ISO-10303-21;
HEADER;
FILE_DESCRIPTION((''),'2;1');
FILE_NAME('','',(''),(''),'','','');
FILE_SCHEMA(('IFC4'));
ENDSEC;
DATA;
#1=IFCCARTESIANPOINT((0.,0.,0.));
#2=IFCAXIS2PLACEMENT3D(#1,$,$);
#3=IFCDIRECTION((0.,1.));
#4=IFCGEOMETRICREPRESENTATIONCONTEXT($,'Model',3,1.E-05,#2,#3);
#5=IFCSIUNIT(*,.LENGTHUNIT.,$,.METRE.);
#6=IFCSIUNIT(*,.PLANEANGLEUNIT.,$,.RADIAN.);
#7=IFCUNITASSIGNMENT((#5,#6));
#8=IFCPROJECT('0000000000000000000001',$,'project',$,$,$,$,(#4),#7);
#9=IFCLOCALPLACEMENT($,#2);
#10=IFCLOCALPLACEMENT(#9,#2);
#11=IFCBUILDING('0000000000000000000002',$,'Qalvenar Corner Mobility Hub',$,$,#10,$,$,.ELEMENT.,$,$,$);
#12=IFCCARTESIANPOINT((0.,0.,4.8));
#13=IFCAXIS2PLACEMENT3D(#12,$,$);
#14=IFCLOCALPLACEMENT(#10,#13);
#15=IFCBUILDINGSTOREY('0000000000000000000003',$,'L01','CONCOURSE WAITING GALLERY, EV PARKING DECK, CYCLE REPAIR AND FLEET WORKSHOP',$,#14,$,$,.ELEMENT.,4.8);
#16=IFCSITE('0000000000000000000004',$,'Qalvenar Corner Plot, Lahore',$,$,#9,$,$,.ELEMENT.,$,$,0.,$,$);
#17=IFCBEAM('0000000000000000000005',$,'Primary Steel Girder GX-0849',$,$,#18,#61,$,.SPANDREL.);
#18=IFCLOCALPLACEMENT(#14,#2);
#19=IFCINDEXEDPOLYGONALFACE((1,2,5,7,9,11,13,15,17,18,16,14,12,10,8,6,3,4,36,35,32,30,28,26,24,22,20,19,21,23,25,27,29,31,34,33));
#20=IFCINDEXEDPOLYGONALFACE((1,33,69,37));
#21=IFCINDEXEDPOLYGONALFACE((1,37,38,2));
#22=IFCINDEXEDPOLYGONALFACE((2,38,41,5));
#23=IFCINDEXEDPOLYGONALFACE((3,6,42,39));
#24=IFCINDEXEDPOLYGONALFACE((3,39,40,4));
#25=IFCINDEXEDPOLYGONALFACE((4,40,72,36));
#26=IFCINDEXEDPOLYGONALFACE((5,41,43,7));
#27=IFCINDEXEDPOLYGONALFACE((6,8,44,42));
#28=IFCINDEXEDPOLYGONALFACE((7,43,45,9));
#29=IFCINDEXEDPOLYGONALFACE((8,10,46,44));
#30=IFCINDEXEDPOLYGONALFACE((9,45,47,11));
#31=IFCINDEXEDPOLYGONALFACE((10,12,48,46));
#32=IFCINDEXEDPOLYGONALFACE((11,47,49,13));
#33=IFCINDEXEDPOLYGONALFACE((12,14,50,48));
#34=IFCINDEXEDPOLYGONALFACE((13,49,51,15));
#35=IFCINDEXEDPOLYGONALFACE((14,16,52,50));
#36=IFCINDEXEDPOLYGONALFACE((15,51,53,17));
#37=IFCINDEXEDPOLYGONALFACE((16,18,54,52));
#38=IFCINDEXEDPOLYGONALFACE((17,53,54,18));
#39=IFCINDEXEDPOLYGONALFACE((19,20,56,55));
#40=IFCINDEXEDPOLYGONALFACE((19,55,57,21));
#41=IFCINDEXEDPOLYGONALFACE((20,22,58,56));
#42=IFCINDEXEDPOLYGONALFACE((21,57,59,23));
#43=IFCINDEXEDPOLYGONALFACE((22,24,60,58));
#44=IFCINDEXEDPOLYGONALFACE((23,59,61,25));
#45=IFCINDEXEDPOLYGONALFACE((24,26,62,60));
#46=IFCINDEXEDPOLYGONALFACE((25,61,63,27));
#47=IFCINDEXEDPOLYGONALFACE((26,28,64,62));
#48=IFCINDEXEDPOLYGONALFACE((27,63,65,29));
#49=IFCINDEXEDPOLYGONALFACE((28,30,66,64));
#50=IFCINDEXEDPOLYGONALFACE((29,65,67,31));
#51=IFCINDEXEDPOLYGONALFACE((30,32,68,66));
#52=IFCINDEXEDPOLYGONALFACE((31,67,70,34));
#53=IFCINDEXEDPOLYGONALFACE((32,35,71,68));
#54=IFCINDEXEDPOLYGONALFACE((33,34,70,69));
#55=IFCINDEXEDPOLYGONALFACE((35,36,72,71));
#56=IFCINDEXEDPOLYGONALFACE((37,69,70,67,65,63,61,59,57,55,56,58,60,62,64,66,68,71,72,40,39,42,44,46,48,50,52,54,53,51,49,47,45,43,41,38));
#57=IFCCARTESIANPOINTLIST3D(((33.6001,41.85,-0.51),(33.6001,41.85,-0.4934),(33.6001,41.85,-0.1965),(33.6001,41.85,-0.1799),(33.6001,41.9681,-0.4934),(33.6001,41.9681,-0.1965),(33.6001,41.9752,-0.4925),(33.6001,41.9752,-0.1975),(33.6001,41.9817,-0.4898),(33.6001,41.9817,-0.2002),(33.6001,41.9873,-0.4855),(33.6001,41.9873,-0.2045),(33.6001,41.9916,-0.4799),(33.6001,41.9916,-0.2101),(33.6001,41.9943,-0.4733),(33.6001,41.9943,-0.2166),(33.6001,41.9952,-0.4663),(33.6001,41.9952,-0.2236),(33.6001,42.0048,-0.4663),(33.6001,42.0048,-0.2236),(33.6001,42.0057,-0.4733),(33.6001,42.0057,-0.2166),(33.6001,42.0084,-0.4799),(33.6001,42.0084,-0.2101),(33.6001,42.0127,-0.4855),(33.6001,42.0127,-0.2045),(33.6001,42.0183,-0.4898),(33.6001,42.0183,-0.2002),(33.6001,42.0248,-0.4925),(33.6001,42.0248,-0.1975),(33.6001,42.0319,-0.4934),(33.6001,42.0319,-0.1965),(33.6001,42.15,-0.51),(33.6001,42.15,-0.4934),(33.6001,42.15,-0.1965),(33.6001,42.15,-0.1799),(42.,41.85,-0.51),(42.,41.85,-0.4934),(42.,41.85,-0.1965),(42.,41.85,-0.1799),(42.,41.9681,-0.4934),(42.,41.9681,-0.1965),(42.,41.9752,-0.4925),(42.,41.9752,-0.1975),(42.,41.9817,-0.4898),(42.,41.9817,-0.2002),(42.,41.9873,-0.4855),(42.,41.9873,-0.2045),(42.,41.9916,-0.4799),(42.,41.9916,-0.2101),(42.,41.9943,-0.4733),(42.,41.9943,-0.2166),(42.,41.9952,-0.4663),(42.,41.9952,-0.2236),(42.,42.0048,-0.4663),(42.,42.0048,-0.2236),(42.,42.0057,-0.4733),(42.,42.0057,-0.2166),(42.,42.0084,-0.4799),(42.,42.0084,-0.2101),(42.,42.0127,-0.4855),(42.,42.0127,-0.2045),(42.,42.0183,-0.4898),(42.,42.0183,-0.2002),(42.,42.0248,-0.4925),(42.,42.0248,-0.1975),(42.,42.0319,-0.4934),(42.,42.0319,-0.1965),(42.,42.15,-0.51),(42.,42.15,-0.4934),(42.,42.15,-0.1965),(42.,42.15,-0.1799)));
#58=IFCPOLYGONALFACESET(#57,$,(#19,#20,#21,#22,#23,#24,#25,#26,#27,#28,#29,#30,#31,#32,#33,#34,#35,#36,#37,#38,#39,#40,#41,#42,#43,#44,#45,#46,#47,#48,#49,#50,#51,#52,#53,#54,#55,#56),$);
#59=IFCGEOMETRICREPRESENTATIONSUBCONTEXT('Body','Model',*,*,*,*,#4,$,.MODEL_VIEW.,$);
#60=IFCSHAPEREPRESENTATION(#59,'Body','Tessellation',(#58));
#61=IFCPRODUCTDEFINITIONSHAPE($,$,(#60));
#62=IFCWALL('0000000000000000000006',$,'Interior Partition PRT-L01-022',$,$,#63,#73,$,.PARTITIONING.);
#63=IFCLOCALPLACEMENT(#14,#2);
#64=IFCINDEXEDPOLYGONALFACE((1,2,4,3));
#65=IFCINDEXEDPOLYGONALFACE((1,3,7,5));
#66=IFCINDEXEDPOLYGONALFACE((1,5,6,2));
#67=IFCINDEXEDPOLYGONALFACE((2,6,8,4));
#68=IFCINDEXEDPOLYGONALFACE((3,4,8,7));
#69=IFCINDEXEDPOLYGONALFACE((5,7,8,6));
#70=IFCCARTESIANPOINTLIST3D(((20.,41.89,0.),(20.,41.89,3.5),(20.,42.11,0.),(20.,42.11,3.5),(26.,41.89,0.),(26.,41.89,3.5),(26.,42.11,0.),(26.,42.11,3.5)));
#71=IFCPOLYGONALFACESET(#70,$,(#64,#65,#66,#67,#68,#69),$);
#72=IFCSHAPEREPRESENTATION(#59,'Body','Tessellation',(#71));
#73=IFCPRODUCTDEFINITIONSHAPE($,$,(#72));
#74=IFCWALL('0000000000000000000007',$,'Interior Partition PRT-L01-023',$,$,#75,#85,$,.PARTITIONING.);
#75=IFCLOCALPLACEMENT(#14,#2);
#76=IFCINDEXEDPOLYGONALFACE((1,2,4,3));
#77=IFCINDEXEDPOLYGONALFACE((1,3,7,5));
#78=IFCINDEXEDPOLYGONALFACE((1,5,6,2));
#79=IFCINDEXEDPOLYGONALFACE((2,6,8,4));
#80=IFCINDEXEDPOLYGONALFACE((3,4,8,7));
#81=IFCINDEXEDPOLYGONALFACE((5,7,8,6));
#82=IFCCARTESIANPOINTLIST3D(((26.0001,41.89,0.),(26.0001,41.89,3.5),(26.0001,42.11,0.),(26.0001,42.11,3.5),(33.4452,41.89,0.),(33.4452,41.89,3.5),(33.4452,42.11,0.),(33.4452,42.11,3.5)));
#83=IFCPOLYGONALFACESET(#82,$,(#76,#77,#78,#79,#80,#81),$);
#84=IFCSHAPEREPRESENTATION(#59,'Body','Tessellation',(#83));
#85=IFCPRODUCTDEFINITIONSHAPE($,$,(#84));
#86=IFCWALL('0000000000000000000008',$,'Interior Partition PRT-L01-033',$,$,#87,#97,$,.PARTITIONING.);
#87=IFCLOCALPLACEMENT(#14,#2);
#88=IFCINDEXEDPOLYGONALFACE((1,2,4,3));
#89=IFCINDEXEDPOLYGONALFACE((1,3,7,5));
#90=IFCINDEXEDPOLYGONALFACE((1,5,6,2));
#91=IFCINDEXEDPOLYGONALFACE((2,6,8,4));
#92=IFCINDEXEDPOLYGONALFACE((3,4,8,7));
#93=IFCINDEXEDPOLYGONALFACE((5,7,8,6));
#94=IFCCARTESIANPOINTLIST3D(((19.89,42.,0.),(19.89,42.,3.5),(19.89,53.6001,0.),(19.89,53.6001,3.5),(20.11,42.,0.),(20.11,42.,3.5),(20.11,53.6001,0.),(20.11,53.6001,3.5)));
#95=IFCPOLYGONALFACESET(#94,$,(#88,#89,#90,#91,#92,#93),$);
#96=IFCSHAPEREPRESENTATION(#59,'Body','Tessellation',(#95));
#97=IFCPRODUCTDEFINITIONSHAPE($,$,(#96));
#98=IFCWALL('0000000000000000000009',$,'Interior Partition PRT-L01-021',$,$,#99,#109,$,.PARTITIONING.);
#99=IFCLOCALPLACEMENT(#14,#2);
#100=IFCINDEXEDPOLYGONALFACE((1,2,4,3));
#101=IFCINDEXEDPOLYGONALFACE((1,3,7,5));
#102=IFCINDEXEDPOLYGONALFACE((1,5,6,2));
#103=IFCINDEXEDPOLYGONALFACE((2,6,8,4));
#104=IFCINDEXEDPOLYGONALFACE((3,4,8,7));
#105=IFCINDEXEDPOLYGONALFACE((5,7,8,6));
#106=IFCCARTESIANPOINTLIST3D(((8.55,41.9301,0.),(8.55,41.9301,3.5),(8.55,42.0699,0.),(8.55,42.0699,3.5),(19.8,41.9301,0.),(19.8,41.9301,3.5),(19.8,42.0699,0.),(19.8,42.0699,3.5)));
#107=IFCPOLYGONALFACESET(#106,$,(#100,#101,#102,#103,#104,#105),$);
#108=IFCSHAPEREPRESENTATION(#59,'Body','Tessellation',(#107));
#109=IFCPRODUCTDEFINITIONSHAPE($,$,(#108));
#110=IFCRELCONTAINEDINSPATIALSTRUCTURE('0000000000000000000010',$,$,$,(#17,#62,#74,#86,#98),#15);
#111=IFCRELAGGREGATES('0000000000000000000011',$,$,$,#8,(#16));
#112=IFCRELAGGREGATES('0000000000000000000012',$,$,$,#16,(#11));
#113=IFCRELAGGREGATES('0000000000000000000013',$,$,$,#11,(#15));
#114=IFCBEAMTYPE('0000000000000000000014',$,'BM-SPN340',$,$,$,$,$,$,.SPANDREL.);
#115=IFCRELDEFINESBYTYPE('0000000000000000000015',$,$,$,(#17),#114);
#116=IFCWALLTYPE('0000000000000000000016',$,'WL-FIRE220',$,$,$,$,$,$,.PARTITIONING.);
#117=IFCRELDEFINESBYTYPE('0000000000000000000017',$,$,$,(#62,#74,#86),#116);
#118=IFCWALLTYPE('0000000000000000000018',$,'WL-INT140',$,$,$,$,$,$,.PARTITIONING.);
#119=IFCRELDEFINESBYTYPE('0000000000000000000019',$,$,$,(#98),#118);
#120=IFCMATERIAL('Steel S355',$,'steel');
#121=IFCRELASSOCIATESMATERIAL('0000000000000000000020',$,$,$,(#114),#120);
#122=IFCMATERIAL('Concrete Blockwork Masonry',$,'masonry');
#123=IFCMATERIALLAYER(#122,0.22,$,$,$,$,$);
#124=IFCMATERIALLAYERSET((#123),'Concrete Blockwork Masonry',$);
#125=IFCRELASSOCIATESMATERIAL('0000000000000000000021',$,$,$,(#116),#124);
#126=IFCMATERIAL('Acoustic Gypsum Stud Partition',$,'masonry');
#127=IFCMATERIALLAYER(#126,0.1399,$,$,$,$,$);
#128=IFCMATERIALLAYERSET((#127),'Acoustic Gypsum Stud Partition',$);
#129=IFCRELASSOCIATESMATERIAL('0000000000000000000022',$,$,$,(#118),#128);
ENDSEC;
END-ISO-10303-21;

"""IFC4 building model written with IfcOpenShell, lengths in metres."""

from ifc_helpers import new_model, si_unit, direction, frame, frame_2d, origin, origin_2d, place, context, subcontext, project, spatial, rectangle, i_section, extrude, material, layer, layer_set, material_profile, profile_set, type_object, element, save


model = new_model("IFC4")

# Units and contexts
model_context = context("Model", 3, precision=1e-05, world=origin(), true_north=direction((0.0, 1.0)))
body_context = subcontext(model_context, "Body", "Model", "MODEL_VIEW")
ifc_project = project(units=[si_unit("LENGTHUNIT", "METRE"), si_unit("PLANEANGLEUNIT", "RADIAN")], contexts=[model_context])

# Site, building, storey
site_placement = place(None, origin())
site = spatial("IfcSite", under=ifc_project, at=site_placement, Name="Qalvenar Corner Plot, Lahore", CompositionType="ELEMENT", RefElevation=0.0)
building_placement = place(site_placement, origin())
building = spatial("IfcBuilding", under=site, at=building_placement, Name="Qalvenar Corner Mobility Hub", CompositionType="ELEMENT")
storey_placement = place(building_placement, frame((0.0, 0.0, 4.8)))
storey = spatial("IfcBuildingStorey", under=building, at=storey_placement, Name="L01", Description="CONCOURSE WAITING GALLERY, EV PARKING DECK, CYCLE REPAIR AND FLEET WORKSHOP", CompositionType="ELEMENT", Elevation=4.8)

# Shared definitions
ifc_material_1 = material(Name="Steel S355", Category="steel")

# Beam
ifc_material_profile_1 = material_profile(ifc_material_1, i_section(OverallWidth=0.3, OverallDepth=0.3301, WebThickness=0.0095, FlangeThickness=0.0166, FilletRadius=0.0271, at=origin_2d()), Name="HEA340")
ifc_profile_set_1 = profile_set([ifc_material_profile_1], Name="Steel S355")
beam_type_1 = type_object("IfcBeamType", Name="BM-SPN340", PredefinedType="SPANDREL", material=ifc_profile_set_1)
beam_1_placement = place(storey_placement, frame((33.6001, 42.0, -0.345), z_axis=(1.0, 0.0, 0.0), x_axis=(0.0, 1.0, 0.0)))
element("IfcBeam", 1, at=beam_1_placement, inside=storey, type_object=beam_type_1, Name="Primary Steel Girder GX-0849", PredefinedType="SPANDREL", context=body_context, shape_type="SweptSolid", body=[
    extrude(i_section(OverallWidth=0.3, OverallDepth=0.3301, WebThickness=0.0095, FlangeThickness=0.0166, FilletRadius=0.0271, at=origin_2d()), origin(), (0.0, 0.0, 1.0), 8.3999),
])

# Walls
ifc_material_2 = material(Name="Concrete Blockwork Masonry", Category="masonry")
ifc_layer_1 = layer(ifc_material_2, 0.22)
ifc_layer_set_1 = layer_set([ifc_layer_1], Name="Concrete Blockwork Masonry")
wall_type_1 = type_object("IfcWallType", Name="WL-FIRE220", PredefinedType="PARTITIONING", material=ifc_layer_set_1)
wall_1_placement = place(storey_placement, frame((20.0, 42.0, 0.0), z_axis=(0.0, 0.0, 1.0), x_axis=(1.0, 0.0, 0.0)))
element("IfcWall", 2, at=wall_1_placement, inside=storey, type_object=wall_type_1, Name="Interior Partition PRT-L01-022", PredefinedType="PARTITIONING", context=body_context, shape_type="SweptSolid", body=[
    extrude(rectangle(XDim=6.0, YDim=0.22, at=frame_2d((3.0, 0.0))), origin(), (0.0, 0.0, 1.0), 3.5),
])
wall_2_placement = place(storey_placement, frame((26.0, 42.0, 0.0), z_axis=(0.0, 0.0, 1.0), x_axis=(1.0, 0.0, 0.0)))
element("IfcWall", 3, at=wall_2_placement, inside=storey, type_object=wall_type_1, Name="Interior Partition PRT-L01-023", PredefinedType="PARTITIONING", context=body_context, shape_type="SweptSolid", body=[
    extrude(rectangle(XDim=7.4451, YDim=0.22, at=frame_2d((3.7227, 0.0))), origin(), (0.0, 0.0, 1.0), 3.5),
])
wall_3_placement = place(storey_placement, frame((20.0, 42.0, 0.0), z_axis=(0.0, 0.0, 1.0), x_axis=(0.0, 1.0, 0.0)))
element("IfcWall", 4, at=wall_3_placement, inside=storey, type_object=wall_type_1, Name="Interior Partition PRT-L01-033", PredefinedType="PARTITIONING", context=body_context, shape_type="SweptSolid", body=[
    extrude(rectangle(XDim=11.6001, YDim=0.22, at=frame_2d((5.8, 0.0))), origin(), (0.0, 0.0, 1.0), 3.5),
])
ifc_material_3 = material(Name="Acoustic Gypsum Stud Partition", Category="masonry")
ifc_layer_2 = layer(ifc_material_3, 0.1399)
ifc_layer_set_2 = layer_set([ifc_layer_2], Name="Acoustic Gypsum Stud Partition")
wall_type_2 = type_object("IfcWallType", Name="WL-INT140", PredefinedType="PARTITIONING", material=ifc_layer_set_2)
wall_4_placement = place(storey_placement, frame((8.55, 42.0, 0.0), z_axis=(0.0, 0.0, 1.0), x_axis=(1.0, 0.0, 0.0)))
element("IfcWall", 5, at=wall_4_placement, inside=storey, type_object=wall_type_2, Name="Interior Partition PRT-L01-021", PredefinedType="PARTITIONING", context=body_context, shape_type="SweptSolid", body=[
    extrude(rectangle(XDim=11.25, YDim=0.1399, at=frame_2d((5.625, 0.0))), origin(), (0.0, 0.0, 1.0), 3.5),
])

save(model, "model.ifc")
